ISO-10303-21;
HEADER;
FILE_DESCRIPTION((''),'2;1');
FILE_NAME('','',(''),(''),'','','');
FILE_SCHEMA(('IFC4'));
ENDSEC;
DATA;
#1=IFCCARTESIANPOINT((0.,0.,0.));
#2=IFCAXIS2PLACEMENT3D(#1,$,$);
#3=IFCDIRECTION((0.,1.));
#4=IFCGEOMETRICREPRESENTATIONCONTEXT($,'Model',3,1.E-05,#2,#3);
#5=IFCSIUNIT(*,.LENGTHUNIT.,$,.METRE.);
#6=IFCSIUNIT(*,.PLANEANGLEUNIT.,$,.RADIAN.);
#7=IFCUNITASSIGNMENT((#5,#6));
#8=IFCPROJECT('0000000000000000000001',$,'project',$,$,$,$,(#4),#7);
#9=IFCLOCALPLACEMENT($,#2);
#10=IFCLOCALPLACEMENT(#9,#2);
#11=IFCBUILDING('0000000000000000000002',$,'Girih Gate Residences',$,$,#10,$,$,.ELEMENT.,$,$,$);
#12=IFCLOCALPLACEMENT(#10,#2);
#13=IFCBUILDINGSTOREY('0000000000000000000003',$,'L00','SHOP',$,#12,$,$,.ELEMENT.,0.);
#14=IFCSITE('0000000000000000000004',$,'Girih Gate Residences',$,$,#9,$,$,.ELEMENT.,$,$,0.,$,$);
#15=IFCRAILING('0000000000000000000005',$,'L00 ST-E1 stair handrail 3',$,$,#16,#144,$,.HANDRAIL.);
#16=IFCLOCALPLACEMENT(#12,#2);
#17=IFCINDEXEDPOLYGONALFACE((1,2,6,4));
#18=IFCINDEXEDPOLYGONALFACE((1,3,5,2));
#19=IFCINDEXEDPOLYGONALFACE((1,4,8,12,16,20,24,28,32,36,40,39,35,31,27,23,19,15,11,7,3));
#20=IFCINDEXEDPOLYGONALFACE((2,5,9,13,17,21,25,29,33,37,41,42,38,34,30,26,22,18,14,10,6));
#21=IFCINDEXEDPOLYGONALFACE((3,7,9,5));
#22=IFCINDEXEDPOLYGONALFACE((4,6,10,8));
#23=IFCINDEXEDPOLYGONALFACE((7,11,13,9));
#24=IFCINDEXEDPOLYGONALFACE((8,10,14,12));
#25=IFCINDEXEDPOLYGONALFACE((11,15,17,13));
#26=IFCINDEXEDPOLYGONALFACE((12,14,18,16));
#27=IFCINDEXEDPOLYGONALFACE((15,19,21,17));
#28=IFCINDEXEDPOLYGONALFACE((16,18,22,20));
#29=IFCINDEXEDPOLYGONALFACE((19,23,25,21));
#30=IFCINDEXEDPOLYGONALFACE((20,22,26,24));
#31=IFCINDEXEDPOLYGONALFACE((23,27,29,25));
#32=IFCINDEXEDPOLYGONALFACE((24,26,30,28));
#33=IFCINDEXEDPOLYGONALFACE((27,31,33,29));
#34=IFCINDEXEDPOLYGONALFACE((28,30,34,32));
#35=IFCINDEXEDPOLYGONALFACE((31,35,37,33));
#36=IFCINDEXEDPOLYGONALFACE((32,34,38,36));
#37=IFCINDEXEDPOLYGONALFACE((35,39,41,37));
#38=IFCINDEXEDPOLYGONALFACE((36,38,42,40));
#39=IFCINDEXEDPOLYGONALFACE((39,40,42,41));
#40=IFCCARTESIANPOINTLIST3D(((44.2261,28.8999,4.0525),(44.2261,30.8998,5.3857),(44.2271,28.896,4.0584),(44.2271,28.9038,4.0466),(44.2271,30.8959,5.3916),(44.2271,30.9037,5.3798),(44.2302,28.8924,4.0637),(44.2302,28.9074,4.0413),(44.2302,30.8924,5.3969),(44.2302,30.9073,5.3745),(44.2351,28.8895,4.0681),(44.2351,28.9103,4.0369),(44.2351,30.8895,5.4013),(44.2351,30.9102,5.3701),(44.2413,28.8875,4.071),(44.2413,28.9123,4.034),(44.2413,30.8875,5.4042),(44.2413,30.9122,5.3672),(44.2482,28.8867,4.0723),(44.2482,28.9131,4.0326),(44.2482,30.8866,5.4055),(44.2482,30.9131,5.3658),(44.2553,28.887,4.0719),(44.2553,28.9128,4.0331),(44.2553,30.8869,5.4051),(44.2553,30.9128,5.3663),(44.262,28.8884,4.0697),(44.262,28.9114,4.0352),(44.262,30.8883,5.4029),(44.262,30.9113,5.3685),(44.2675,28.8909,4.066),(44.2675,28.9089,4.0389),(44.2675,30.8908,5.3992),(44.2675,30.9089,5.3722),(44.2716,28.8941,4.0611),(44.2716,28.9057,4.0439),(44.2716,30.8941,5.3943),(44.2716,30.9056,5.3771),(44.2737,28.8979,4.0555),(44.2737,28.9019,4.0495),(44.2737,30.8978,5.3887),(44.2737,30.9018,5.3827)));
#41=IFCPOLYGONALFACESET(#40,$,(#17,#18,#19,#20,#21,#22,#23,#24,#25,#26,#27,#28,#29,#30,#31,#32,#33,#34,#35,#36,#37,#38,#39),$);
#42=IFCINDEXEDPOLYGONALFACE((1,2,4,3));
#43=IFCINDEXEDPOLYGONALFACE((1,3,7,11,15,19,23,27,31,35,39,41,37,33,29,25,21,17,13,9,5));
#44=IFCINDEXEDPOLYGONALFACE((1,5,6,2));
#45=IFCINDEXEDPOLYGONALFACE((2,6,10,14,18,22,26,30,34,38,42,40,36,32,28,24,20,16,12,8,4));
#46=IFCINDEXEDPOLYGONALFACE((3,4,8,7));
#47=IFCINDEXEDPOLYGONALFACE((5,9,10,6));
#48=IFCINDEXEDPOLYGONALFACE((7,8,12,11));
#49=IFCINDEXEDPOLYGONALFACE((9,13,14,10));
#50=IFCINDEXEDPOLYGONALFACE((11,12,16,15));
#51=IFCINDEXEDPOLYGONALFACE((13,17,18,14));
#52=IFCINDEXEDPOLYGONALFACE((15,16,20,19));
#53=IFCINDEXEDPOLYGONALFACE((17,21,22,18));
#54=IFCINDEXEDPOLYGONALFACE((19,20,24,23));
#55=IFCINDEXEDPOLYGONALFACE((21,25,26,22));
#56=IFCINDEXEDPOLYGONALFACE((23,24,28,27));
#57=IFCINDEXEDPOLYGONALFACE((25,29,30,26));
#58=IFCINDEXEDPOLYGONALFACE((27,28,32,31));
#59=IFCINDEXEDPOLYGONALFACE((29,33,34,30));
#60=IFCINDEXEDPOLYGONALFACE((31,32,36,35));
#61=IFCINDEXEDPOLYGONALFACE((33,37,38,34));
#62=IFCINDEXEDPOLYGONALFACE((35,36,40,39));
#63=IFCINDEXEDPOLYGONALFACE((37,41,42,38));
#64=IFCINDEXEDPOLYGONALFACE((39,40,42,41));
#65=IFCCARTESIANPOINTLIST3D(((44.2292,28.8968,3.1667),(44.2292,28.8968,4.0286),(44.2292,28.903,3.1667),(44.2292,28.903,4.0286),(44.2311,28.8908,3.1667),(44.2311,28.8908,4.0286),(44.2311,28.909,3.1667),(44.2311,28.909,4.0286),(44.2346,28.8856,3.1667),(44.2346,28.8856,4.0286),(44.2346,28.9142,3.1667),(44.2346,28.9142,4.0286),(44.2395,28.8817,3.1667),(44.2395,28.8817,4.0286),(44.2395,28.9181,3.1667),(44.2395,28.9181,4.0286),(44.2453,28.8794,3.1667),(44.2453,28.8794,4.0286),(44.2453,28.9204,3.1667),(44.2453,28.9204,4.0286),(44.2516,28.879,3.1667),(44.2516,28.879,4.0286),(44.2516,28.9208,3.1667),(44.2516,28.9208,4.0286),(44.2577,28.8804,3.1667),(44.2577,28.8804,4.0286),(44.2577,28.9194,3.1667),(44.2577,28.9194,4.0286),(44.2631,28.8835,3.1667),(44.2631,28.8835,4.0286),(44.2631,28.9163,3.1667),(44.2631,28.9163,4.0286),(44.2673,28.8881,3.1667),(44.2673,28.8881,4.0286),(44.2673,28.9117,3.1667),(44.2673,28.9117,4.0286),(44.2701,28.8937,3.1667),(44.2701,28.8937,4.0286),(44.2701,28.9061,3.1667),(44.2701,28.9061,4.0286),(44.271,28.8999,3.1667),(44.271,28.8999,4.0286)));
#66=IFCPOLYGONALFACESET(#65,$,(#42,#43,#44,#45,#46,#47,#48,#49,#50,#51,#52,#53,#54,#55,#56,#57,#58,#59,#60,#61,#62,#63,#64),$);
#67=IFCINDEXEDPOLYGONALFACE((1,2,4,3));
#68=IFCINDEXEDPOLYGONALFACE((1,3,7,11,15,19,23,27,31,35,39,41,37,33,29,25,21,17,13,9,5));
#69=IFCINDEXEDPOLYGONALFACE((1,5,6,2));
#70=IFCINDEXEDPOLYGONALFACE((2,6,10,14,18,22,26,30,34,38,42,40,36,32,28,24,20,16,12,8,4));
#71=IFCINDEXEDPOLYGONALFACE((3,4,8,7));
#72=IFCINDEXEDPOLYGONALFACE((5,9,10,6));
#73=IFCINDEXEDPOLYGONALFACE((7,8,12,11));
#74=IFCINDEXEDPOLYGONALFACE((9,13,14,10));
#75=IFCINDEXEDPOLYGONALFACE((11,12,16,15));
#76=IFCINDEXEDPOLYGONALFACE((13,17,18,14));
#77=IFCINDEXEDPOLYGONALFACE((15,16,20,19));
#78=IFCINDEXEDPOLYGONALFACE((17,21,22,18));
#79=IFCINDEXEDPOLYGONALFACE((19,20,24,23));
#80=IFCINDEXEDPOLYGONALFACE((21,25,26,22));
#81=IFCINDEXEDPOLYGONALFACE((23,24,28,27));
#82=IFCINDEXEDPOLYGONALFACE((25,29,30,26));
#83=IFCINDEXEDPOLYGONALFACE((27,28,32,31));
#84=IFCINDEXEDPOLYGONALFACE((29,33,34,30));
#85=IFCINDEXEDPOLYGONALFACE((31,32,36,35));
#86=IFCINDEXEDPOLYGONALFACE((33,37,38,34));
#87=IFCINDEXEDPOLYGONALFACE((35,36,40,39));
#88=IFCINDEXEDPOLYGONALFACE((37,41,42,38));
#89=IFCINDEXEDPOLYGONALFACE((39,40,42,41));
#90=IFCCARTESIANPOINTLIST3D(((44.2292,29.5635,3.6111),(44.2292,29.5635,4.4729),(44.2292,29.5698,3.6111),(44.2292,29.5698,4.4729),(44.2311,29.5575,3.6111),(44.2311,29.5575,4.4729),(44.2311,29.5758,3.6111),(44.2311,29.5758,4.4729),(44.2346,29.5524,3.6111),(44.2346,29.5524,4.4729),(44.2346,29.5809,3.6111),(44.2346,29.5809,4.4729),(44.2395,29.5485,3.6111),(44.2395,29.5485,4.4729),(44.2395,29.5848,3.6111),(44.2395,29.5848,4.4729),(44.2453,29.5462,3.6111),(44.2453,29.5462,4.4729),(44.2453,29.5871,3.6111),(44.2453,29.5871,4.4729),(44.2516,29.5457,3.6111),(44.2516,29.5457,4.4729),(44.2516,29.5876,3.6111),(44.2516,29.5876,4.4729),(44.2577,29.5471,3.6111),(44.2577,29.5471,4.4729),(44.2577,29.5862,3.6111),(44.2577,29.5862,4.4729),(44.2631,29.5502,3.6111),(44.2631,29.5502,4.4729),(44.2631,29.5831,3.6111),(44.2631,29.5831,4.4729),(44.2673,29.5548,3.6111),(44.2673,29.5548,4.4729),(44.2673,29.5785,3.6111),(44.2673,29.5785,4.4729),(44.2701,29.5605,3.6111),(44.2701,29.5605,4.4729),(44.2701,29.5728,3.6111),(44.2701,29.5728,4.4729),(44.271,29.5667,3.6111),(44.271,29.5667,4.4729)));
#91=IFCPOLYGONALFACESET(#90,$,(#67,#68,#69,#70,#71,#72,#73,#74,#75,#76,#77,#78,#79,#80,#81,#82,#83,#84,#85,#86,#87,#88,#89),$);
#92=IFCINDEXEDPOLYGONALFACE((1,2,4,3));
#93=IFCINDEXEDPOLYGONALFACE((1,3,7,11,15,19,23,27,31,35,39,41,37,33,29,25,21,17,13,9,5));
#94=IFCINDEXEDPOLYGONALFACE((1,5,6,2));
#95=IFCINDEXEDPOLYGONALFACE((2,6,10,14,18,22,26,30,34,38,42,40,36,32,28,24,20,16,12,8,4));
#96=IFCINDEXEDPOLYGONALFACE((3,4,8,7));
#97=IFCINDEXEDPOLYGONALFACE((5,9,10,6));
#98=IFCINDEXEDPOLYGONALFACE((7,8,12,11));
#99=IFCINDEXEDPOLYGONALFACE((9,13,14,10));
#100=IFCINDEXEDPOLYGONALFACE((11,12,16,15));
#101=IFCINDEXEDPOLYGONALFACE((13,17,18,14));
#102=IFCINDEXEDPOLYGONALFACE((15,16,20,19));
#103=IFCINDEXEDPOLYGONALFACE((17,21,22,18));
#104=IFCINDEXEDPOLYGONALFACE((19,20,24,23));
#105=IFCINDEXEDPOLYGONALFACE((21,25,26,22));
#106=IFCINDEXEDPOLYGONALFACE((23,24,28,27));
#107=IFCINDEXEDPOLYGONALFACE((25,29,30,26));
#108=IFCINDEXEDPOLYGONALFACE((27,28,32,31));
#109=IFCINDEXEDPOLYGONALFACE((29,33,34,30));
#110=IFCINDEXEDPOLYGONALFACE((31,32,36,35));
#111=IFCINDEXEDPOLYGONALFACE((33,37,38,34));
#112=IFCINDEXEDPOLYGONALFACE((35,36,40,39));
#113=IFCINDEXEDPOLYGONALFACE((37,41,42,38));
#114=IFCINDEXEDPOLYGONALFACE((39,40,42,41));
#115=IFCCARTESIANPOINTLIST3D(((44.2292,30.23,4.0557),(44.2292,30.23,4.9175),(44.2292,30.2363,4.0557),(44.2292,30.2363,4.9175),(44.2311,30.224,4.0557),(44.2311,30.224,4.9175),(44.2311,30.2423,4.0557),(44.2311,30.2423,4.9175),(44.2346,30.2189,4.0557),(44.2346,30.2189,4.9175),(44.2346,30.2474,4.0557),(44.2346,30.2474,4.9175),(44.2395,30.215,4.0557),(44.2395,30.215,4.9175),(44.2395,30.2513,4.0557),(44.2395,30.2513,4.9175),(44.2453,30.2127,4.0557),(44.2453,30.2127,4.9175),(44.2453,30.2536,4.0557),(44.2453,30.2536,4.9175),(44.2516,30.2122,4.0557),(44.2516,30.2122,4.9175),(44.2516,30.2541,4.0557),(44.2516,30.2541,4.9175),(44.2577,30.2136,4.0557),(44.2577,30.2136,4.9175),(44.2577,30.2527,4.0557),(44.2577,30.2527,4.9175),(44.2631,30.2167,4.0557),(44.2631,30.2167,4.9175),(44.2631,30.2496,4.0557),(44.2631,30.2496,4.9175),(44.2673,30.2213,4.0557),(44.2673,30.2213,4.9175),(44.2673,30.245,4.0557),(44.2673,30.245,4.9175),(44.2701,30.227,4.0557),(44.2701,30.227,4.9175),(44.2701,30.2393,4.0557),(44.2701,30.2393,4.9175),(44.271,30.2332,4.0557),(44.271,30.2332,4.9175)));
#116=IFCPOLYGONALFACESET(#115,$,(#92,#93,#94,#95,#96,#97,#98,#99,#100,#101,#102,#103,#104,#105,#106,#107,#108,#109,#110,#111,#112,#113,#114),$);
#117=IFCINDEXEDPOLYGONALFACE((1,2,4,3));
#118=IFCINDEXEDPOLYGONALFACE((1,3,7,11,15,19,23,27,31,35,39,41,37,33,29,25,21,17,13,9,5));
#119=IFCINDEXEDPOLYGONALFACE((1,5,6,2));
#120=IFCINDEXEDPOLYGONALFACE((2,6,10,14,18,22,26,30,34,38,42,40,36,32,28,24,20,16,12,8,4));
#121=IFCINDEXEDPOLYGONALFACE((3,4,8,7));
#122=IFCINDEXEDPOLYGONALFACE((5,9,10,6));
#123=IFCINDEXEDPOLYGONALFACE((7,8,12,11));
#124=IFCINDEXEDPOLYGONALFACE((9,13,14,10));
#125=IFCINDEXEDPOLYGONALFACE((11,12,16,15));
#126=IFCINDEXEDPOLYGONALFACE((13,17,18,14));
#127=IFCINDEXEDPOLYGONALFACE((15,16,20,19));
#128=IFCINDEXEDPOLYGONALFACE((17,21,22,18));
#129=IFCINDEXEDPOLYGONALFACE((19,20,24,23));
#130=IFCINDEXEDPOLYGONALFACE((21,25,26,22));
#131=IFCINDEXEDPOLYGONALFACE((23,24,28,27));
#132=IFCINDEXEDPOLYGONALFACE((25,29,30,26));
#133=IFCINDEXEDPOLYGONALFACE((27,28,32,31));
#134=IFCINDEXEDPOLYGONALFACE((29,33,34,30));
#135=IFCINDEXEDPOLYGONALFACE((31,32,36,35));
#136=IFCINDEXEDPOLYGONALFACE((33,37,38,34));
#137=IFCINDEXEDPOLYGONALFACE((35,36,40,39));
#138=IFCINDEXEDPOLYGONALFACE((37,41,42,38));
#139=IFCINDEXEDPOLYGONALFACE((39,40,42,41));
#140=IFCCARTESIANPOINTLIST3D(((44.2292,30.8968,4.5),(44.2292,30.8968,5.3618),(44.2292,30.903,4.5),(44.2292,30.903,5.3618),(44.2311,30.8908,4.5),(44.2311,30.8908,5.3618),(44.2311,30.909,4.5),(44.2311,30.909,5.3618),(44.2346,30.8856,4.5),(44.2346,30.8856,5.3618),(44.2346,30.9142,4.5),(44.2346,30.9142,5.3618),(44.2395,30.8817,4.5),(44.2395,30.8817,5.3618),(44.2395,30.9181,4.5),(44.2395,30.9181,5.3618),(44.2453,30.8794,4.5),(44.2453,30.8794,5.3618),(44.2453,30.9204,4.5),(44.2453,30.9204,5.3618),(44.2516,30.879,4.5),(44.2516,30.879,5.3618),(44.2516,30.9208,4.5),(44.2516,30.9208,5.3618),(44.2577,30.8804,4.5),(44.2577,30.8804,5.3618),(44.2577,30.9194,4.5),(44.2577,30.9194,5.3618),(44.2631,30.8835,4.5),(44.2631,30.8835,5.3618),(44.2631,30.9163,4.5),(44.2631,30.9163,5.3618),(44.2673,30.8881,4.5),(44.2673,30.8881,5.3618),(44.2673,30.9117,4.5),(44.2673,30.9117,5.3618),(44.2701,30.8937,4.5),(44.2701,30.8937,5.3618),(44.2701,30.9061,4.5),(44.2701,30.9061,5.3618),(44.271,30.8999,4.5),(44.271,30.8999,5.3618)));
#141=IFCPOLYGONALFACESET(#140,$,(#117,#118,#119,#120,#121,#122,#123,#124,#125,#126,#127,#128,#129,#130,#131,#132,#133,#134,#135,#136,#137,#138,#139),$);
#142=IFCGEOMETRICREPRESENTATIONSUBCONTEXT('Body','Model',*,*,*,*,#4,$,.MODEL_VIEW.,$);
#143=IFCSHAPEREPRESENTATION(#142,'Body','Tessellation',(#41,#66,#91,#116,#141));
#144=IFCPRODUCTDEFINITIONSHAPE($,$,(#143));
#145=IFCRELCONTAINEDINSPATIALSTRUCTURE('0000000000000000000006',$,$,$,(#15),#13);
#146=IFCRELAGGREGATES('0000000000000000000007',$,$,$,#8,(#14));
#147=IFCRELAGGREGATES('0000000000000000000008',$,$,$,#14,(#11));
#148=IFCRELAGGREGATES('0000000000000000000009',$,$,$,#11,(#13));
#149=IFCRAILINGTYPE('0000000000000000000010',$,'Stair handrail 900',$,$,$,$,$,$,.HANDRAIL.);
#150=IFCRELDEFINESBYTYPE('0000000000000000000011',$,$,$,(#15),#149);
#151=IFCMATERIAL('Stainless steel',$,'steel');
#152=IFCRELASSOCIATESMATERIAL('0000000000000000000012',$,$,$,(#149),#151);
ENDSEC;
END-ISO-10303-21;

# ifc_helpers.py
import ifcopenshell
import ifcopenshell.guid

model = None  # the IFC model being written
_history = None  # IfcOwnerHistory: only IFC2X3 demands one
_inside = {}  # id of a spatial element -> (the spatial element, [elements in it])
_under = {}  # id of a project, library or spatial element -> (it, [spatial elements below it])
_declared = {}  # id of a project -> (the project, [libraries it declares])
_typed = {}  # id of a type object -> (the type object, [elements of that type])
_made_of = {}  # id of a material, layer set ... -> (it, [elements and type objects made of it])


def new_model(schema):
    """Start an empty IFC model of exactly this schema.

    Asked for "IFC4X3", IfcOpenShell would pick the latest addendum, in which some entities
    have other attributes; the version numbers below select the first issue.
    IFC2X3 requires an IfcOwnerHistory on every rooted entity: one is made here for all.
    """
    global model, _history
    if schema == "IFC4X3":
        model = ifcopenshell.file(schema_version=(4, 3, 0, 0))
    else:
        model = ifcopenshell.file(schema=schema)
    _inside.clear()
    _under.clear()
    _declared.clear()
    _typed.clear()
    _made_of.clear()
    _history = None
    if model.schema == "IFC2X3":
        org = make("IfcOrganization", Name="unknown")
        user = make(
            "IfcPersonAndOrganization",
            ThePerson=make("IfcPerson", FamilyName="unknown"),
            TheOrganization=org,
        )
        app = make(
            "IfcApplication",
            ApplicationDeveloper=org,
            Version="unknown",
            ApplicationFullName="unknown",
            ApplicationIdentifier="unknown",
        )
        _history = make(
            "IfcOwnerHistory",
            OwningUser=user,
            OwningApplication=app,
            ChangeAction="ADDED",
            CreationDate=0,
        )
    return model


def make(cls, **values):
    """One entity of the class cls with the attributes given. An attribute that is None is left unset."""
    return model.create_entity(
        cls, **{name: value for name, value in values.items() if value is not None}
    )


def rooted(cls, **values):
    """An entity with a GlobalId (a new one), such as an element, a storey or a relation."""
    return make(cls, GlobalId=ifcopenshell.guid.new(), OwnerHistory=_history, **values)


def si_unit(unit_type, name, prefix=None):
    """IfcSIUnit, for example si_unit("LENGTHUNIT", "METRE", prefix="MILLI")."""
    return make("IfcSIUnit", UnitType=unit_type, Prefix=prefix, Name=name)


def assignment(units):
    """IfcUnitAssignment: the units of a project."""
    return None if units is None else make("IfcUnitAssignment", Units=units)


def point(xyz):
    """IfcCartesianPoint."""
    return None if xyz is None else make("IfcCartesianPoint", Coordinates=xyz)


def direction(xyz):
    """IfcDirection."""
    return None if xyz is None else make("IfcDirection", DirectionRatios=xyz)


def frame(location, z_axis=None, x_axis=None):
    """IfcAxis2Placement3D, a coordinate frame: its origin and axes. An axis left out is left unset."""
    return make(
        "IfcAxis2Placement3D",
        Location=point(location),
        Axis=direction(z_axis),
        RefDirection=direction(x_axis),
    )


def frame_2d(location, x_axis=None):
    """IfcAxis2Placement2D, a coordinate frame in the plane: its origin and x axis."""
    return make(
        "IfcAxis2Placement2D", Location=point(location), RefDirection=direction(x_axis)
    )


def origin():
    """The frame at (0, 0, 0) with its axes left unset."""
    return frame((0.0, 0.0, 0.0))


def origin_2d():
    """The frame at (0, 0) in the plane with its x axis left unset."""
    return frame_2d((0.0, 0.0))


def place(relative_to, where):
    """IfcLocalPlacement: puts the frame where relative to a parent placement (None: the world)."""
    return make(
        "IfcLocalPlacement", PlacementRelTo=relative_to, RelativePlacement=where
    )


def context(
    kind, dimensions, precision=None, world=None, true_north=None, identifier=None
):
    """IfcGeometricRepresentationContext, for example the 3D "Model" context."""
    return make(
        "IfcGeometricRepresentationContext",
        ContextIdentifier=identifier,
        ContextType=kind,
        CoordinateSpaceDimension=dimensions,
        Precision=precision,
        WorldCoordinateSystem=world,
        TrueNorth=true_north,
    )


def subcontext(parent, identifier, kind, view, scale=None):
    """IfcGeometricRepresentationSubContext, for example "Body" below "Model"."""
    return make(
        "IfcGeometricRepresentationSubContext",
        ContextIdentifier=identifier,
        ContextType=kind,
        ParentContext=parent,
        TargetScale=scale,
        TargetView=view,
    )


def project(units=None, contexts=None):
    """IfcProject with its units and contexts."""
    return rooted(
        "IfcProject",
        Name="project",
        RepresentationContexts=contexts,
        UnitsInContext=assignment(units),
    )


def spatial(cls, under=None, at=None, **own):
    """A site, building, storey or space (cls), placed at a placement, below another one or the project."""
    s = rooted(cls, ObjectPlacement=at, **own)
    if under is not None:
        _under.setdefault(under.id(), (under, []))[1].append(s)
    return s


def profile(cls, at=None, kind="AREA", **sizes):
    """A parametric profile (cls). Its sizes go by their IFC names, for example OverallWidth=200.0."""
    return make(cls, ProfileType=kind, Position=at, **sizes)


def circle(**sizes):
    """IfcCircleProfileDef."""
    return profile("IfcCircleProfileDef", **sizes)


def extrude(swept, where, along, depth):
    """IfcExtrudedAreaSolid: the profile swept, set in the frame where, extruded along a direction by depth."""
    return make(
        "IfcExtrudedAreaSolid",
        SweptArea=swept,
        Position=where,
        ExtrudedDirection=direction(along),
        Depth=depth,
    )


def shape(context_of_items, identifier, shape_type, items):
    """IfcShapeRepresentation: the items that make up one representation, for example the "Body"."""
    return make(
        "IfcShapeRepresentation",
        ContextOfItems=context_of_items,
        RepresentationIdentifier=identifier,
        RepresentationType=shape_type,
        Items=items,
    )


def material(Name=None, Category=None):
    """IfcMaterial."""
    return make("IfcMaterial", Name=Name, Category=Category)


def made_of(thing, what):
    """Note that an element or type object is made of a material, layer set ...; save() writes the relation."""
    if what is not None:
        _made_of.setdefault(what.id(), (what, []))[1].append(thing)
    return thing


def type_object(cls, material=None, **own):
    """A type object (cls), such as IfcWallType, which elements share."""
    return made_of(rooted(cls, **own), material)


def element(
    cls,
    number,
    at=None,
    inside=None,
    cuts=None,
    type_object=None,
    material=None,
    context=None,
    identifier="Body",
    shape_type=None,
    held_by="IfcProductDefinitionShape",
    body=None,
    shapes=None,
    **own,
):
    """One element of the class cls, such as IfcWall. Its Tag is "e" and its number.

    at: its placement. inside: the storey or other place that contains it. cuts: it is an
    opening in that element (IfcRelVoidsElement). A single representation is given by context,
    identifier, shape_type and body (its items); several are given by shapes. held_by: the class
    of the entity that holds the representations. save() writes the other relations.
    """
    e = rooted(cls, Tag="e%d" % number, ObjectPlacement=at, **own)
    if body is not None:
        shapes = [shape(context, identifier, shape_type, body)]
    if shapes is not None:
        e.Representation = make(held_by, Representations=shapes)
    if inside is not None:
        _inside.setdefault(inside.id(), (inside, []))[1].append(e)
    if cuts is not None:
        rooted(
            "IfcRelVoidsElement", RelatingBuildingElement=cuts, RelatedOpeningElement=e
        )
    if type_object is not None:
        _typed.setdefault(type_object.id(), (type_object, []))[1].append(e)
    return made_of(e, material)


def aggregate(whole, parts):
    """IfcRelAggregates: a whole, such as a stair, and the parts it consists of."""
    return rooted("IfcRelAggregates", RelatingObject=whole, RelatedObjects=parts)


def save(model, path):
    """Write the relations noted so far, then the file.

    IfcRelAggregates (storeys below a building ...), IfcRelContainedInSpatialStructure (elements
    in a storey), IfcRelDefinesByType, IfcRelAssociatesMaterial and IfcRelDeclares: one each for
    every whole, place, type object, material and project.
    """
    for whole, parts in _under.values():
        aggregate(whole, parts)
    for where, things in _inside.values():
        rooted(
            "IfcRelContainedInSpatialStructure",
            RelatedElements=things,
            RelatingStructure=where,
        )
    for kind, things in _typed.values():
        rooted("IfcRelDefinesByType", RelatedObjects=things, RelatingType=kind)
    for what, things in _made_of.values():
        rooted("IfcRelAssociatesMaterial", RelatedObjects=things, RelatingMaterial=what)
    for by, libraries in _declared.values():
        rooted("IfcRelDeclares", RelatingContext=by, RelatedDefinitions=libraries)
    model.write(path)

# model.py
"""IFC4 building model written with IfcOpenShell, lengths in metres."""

from ifc_helpers import new_model, si_unit, direction, frame, origin, origin_2d, place, context, subcontext, project, spatial, circle, extrude, material, type_object, element, save


model = new_model("IFC4")

# Units and contexts
model_context = context("Model", 3, precision=1e-05, world=origin(), true_north=direction((0.0, 1.0)))
body_context = subcontext(model_context, "Body", "Model", "MODEL_VIEW")
ifc_project = project(units=[si_unit("LENGTHUNIT", "METRE"), si_unit("PLANEANGLEUNIT", "RADIAN")], contexts=[model_context])

# Site, building, storey
site_placement = place(None, origin())
site = spatial("IfcSite", under=ifc_project, at=site_placement, Name="Girih Gate Residences", CompositionType="ELEMENT", RefElevation=0.0)
building_placement = place(site_placement, origin())
building = spatial("IfcBuilding", under=site, at=building_placement, Name="Girih Gate Residences", CompositionType="ELEMENT")
storey_placement = place(building_placement, origin())
storey = spatial("IfcBuildingStorey", under=building, at=storey_placement, Name="L00", Description="SHOP", CompositionType="ELEMENT", Elevation=0.0)

# Railing
ifc_material_1 = material(Name="Stainless steel", Category="steel")
railing_type_1 = type_object("IfcRailingType", Name="Stair handrail 900", PredefinedType="HANDRAIL", material=ifc_material_1)
railing_1_placement = place(storey_placement, frame((44.25, 28.8999, 3.1667)))
element("IfcRailing", 1, at=railing_1_placement, inside=storey, type_object=railing_type_1, Name="L00 ST-E1 stair handrail 3", PredefinedType="HANDRAIL", context=body_context, shape_type="SweptSolid", body=[
    extrude(circle(Radius=0.0239, at=origin_2d()), frame((0.0, 0.0, 0.8857), z_axis=(0.0, 0.832066, 0.554677), x_axis=(-1.0, 0.0, 0.0)), (0.0, 0.0, 1.0), 2.4036),
    extrude(circle(Radius=0.021, at=origin_2d()), origin(), (0.0, 0.0, 1.0), 0.8618),
    extrude(circle(Radius=0.021, at=origin_2d()), frame((0.0, 0.6667, 0.4443)), (0.0, 0.0, 1.0), 0.8618),
    extrude(circle(Radius=0.021, at=origin_2d()), frame((0.0, 1.3333, 0.8889)), (0.0, 0.0, 1.0), 0.8618),
    extrude(circle(Radius=0.021, at=origin_2d()), frame((0.0, 2.0, 1.3333)), (0.0, 0.0, 1.0), 0.8618),
])

save(model, "model.ifc")
